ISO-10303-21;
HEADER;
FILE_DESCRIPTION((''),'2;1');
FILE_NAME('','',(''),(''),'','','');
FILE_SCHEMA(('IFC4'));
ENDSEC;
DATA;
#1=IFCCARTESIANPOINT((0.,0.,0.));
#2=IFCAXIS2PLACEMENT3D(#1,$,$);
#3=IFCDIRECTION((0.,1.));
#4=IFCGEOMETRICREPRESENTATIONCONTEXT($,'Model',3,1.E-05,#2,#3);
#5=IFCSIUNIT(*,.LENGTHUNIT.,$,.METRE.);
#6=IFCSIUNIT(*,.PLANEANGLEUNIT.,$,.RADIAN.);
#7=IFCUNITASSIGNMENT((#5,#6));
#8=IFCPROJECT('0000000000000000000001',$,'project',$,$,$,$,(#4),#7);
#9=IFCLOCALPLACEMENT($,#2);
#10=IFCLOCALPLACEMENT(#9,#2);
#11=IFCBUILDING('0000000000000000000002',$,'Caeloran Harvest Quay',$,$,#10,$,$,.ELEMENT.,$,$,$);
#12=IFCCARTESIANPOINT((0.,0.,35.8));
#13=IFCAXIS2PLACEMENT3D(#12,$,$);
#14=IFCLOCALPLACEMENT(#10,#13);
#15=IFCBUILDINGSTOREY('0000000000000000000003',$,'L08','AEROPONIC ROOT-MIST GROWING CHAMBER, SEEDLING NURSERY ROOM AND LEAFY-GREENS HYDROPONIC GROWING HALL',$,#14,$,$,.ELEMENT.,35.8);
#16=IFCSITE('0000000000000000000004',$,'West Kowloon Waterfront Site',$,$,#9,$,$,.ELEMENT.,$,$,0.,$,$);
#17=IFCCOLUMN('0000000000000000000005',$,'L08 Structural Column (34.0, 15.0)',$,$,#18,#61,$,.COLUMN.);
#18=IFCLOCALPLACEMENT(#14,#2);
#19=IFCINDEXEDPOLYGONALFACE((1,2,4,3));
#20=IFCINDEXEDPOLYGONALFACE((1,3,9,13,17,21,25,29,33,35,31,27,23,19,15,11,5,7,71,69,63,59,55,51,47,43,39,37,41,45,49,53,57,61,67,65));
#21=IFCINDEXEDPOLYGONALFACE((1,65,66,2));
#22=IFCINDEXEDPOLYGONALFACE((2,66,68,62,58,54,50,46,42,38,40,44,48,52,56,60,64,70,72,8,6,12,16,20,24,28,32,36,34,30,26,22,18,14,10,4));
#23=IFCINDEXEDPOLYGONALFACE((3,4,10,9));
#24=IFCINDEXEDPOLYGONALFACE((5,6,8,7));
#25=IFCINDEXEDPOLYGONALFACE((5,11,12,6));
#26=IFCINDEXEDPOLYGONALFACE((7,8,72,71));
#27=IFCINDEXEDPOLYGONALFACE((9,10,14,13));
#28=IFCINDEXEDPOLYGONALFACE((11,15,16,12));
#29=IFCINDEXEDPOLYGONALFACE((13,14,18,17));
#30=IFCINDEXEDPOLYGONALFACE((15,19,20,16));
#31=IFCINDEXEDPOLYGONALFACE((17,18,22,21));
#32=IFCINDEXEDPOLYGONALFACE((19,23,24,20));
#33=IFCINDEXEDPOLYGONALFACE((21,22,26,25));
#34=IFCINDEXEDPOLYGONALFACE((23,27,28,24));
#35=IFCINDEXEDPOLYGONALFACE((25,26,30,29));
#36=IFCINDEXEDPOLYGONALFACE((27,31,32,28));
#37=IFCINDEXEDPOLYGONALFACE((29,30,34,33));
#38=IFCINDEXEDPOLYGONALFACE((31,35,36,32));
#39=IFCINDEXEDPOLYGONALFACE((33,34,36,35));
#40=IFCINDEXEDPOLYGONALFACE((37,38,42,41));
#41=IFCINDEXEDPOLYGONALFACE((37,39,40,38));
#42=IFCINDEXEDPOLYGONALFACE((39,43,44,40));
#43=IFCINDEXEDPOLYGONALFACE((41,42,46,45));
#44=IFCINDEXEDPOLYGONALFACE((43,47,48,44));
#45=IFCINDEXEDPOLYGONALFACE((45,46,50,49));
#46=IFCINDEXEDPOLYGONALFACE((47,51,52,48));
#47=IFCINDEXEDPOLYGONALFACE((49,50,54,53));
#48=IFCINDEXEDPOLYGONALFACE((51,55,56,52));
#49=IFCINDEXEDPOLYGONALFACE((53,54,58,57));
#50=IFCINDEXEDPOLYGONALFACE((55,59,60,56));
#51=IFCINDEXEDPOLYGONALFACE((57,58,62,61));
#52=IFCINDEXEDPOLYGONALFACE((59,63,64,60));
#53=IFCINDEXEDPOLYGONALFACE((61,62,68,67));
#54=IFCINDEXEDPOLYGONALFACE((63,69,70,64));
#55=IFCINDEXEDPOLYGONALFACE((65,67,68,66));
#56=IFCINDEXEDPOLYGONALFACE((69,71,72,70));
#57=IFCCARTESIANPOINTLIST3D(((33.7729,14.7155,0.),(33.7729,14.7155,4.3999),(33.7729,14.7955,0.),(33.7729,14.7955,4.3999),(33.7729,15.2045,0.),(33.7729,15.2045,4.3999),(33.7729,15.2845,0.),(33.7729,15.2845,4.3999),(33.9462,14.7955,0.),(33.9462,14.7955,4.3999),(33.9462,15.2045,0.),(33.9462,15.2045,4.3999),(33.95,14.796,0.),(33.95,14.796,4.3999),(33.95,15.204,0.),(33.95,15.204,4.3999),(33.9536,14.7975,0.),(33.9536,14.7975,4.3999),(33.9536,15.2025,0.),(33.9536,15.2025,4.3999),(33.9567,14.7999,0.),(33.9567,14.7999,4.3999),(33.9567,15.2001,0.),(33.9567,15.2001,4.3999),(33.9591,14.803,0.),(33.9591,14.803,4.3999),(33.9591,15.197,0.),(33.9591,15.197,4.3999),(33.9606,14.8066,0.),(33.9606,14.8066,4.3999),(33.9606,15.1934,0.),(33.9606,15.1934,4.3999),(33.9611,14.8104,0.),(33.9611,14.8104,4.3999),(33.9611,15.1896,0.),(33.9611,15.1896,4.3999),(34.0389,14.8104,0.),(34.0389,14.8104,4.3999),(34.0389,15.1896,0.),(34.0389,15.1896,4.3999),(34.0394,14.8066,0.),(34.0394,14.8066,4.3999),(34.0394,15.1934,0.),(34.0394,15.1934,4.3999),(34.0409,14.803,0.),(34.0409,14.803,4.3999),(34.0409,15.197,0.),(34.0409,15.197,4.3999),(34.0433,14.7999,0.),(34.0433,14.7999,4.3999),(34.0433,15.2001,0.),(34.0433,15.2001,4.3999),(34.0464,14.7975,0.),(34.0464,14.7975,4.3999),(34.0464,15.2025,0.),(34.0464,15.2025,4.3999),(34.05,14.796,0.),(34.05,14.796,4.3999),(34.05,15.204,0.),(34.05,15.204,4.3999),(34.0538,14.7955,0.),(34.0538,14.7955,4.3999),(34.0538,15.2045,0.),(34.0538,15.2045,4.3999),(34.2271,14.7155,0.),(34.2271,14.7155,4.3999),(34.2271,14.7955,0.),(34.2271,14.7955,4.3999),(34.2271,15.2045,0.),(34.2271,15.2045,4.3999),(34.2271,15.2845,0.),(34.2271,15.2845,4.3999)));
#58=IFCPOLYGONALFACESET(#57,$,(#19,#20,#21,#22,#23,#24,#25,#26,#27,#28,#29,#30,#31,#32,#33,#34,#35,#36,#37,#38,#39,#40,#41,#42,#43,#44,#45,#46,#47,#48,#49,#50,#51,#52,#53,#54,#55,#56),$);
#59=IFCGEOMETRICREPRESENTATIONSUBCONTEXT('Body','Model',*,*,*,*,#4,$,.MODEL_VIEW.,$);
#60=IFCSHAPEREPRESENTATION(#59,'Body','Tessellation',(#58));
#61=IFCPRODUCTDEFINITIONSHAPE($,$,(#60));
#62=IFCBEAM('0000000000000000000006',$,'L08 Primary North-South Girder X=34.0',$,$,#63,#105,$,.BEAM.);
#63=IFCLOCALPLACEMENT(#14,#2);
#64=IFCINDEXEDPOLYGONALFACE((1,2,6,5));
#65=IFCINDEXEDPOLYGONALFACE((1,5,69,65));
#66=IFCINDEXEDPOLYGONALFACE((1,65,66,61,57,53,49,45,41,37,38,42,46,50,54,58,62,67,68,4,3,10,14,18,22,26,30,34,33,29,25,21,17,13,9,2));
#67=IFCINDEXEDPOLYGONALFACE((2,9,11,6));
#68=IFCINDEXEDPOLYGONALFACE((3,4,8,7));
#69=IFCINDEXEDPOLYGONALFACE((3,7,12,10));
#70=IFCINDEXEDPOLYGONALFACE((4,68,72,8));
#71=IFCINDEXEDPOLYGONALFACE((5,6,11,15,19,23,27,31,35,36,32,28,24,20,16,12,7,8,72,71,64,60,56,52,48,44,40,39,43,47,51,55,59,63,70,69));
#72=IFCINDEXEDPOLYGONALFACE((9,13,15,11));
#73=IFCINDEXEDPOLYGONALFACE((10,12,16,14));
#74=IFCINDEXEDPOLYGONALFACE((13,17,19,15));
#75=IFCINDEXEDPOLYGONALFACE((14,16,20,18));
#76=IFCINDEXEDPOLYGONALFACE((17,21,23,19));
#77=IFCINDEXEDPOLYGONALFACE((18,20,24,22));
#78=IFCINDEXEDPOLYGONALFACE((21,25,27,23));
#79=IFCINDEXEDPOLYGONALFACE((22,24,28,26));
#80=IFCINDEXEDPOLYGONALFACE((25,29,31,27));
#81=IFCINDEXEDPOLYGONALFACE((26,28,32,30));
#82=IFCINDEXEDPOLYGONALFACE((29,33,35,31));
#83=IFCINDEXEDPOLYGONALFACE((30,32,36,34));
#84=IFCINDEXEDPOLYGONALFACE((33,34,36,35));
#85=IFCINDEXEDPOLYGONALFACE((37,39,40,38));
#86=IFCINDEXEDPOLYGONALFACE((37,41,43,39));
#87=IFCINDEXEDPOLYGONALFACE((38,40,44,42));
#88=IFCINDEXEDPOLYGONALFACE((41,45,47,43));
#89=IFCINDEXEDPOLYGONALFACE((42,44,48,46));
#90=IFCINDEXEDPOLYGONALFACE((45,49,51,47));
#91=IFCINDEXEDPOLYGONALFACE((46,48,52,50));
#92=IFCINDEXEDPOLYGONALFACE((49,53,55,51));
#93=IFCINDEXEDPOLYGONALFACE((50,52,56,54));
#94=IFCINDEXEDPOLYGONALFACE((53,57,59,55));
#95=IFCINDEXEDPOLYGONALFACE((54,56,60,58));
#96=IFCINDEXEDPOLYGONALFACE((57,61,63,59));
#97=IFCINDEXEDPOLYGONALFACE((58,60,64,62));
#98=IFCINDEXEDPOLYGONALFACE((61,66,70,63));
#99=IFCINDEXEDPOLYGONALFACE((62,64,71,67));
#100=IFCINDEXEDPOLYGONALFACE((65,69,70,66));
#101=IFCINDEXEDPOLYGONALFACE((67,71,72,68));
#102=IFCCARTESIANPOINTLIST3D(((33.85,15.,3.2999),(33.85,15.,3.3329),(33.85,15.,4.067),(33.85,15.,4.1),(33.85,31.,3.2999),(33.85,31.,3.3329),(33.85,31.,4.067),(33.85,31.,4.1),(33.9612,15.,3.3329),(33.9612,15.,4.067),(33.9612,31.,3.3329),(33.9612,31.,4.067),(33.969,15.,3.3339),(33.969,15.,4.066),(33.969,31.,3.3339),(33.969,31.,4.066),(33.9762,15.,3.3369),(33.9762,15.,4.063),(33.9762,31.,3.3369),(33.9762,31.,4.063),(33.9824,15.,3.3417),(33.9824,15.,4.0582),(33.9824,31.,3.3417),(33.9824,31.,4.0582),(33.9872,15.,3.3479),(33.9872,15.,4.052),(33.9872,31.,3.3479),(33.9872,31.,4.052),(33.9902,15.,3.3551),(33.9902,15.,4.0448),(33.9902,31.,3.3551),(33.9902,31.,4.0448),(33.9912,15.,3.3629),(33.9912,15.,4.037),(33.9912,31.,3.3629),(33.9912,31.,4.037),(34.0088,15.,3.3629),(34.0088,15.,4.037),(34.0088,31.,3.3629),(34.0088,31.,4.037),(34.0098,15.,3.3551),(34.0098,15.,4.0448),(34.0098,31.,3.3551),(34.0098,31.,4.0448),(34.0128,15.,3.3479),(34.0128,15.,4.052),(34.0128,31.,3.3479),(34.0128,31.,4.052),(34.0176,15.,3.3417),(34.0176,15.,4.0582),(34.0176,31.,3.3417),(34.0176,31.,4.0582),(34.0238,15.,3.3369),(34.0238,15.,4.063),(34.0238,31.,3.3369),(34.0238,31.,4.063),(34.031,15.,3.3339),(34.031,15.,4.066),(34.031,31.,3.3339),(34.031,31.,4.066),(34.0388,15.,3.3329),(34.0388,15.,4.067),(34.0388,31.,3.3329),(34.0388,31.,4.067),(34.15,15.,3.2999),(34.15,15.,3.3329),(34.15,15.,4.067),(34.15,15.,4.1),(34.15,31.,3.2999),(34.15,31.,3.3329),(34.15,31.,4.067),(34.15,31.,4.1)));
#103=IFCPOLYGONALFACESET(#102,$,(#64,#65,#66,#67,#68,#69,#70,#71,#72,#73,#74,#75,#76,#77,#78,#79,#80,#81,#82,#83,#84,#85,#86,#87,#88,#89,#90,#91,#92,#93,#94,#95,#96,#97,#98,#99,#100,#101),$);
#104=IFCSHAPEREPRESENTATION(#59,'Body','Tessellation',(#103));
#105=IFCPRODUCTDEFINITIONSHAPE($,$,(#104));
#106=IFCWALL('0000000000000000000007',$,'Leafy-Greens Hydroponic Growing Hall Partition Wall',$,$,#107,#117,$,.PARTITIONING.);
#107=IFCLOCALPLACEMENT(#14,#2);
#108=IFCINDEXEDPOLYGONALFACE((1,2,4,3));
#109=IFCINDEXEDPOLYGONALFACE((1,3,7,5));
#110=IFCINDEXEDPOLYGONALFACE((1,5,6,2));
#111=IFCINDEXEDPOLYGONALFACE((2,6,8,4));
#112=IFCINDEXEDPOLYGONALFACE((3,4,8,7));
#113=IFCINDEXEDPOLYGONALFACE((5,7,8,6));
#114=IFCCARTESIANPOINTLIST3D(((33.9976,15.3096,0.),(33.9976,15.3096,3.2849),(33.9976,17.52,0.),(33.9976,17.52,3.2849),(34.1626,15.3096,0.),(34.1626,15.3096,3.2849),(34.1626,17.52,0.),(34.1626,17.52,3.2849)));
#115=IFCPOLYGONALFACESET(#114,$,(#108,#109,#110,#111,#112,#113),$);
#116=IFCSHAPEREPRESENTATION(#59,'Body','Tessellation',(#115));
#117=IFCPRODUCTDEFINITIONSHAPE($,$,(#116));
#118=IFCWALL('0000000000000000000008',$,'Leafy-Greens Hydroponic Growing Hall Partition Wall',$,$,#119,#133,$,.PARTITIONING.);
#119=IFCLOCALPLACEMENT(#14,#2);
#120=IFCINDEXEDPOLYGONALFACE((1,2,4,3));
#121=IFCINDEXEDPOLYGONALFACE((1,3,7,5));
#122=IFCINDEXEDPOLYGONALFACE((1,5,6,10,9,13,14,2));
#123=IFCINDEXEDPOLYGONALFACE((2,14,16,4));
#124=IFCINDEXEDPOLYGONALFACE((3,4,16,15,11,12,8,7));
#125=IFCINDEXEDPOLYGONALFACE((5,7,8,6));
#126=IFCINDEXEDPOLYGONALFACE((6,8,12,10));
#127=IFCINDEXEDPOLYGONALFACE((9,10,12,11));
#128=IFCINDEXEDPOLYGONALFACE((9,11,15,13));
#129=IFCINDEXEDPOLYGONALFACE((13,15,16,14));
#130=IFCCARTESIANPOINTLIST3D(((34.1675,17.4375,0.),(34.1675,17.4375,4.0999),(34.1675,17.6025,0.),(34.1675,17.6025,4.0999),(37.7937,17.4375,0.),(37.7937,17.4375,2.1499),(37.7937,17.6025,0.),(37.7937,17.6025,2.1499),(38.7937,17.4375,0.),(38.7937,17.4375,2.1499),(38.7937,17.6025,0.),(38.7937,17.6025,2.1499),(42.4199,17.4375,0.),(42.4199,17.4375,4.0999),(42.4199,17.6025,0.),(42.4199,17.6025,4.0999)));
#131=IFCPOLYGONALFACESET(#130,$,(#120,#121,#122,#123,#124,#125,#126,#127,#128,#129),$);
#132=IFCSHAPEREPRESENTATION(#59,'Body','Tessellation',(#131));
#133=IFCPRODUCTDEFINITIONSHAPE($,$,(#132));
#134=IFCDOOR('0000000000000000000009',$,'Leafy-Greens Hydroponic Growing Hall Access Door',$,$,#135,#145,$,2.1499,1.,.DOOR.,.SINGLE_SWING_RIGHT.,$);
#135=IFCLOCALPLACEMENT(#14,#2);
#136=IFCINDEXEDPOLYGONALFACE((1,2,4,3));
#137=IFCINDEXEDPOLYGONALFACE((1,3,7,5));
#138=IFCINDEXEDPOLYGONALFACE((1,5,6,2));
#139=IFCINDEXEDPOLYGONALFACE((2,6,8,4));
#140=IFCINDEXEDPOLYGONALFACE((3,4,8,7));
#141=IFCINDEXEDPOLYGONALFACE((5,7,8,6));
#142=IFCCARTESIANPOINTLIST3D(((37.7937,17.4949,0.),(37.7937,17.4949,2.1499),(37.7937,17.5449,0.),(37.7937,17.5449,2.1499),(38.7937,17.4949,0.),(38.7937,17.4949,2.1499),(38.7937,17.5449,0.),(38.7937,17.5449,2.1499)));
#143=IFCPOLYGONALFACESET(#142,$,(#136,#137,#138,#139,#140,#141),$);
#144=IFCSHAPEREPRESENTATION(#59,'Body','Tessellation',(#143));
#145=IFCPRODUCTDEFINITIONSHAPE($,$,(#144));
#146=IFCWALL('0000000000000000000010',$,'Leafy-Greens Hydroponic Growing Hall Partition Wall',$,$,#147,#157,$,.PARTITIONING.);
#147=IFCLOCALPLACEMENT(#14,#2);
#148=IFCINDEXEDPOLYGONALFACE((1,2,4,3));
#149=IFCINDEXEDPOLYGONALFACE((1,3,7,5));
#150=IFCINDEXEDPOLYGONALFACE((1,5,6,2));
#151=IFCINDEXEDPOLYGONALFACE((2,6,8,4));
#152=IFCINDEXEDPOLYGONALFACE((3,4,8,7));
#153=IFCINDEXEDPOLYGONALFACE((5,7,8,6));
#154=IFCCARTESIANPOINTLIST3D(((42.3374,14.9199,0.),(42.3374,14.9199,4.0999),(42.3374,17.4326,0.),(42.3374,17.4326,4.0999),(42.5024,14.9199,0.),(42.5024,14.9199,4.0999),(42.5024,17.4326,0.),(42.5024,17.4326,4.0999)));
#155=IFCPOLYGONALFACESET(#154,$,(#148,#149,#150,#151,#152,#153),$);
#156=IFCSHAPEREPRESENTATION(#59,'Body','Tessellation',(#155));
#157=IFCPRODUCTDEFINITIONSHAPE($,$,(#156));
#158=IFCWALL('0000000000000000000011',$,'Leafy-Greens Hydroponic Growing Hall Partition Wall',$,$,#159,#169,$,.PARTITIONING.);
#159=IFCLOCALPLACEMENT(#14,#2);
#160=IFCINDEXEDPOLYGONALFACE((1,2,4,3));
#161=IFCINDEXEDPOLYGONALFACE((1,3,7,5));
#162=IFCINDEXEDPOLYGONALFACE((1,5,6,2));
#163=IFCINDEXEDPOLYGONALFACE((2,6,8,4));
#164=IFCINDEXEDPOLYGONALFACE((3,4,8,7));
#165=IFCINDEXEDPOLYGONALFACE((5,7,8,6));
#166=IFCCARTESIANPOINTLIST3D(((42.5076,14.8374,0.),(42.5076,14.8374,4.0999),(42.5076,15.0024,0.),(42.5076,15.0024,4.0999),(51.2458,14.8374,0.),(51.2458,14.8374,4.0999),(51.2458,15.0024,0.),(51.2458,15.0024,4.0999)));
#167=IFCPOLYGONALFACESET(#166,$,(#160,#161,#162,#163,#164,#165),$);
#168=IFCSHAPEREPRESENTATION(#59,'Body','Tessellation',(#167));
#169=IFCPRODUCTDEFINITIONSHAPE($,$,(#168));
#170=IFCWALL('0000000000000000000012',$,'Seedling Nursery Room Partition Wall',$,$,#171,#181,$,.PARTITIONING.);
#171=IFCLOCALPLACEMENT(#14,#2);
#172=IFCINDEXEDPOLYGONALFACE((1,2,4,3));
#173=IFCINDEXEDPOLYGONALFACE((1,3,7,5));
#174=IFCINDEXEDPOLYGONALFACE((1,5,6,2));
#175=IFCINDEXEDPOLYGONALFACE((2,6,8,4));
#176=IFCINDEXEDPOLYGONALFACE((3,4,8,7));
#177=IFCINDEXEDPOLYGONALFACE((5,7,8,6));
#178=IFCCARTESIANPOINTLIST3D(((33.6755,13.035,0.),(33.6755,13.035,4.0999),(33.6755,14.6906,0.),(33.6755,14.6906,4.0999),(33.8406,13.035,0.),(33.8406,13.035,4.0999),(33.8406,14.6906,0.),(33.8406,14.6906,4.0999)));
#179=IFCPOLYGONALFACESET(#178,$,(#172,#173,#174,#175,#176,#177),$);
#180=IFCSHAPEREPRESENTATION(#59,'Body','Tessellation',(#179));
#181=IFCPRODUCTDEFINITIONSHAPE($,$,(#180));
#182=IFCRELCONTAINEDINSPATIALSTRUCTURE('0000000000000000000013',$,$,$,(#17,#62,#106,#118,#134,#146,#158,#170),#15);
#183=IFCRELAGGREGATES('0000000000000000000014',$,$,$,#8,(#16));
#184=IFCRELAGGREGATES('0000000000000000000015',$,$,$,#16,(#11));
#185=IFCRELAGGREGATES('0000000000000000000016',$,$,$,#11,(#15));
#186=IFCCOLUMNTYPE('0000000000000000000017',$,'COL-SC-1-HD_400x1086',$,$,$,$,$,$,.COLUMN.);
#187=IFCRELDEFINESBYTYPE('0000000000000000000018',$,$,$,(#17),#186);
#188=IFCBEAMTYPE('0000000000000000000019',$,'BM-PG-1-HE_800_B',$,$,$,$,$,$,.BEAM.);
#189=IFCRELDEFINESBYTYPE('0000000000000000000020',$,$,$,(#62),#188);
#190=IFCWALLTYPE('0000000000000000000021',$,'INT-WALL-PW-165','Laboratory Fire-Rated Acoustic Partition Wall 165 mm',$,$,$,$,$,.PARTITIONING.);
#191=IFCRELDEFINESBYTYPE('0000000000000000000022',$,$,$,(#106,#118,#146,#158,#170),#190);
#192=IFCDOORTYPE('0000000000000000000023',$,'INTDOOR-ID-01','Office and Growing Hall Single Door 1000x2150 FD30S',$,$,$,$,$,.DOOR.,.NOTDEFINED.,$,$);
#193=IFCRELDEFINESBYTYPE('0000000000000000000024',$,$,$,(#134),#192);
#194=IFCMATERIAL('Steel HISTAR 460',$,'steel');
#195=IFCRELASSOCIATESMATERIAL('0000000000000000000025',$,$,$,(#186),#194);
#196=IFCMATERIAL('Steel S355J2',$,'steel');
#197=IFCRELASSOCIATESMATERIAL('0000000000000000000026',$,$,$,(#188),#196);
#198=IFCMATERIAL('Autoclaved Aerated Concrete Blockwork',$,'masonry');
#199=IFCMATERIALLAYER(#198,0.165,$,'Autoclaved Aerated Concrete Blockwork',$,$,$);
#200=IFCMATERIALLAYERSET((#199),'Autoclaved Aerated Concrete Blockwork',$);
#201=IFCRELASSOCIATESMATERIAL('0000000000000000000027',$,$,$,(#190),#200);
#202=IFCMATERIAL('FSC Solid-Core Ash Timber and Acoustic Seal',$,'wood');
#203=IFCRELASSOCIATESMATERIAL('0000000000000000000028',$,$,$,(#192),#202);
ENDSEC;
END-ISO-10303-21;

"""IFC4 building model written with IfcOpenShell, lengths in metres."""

from ifc_helpers import new_model, si_unit, direction, frame, frame_2d, origin, origin_2d, place, context, subcontext, project, spatial, rectangle, i_section, extrude, material, layer, layer_set, material_profile, profile_set, type_object, element, fill, save


model = new_model("IFC4")

# Units and contexts
model_context = context("Model", 3, precision=1e-05, world=origin(), true_north=direction((0.0, 1.0)))
body_context = subcontext(model_context, "Body", "Model", "MODEL_VIEW")
ifc_project = project(units=[si_unit("LENGTHUNIT", "METRE"), si_unit("PLANEANGLEUNIT", "RADIAN")], contexts=[model_context])

# Site, building, storey
site_placement = place(None, origin())
site = spatial("IfcSite", under=ifc_project, at=site_placement, Name="West Kowloon Waterfront Site", CompositionType="ELEMENT", RefElevation=0.0)
building_placement = place(site_placement, origin())
building = spatial("IfcBuilding", under=site, at=building_placement, Name="Caeloran Harvest Quay", CompositionType="ELEMENT")
storey_placement = place(building_placement, frame((0.0, 0.0, 35.8)))
storey = spatial("IfcBuildingStorey", under=building, at=storey_placement, Name="L08", Description="AEROPONIC ROOT-MIST GROWING CHAMBER, SEEDLING NURSERY ROOM AND LEAFY-GREENS HYDROPONIC GROWING HALL", CompositionType="ELEMENT", Elevation=35.8)

# Column
ifc_material_1 = material(Name="Steel HISTAR 460", Category="steel")
ifc_material_profile_1 = material_profile(ifc_material_1, i_section(OverallWidth=0.4541, OverallDepth=0.5691, WebThickness=0.0779, FlangeThickness=0.0801, FilletRadius=0.0149, at=origin_2d()), Name="HD 400x1086")
ifc_profile_set_1 = profile_set([ifc_material_profile_1], Name="Steel HISTAR 460")
column_type = type_object("IfcColumnType", Name="COL-SC-1-HD_400x1086", PredefinedType="COLUMN", material=ifc_profile_set_1)
column_placement = place(storey_placement, frame((34.0, 15.0, 0.0), z_axis=(0.0, 0.0, 1.0), x_axis=(1.0, 0.0, 0.0)))
element("IfcColumn", 1, at=column_placement, inside=storey, type_object=column_type, Name="L08 Structural Column (34.0, 15.0)", PredefinedType="COLUMN", context=body_context, shape_type="SweptSolid", body=[
    extrude(i_section(OverallWidth=0.4541, OverallDepth=0.5691, WebThickness=0.0779, FlangeThickness=0.0801, FilletRadius=0.0149, at=origin_2d()), origin(), (0.0, 0.0, 1.0), 4.3999),
])

# Beam
ifc_material_2 = material(Name="Steel S355J2", Category="steel")
ifc_material_profile_2 = material_profile(ifc_material_2, i_section(OverallWidth=0.3, OverallDepth=0.8, WebThickness=0.0176, FlangeThickness=0.033, FilletRadius=0.03, at=origin_2d()), Name="HE 800 B")
ifc_profile_set_2 = profile_set([ifc_material_profile_2], Name="Steel S355J2")
beam_type = type_object("IfcBeamType", Name="BM-PG-1-HE_800_B", PredefinedType="BEAM", material=ifc_profile_set_2)
beam_placement = place(storey_placement, frame((34.0, 15.0, 3.7), z_axis=(0.0, 1.0, 0.0), x_axis=(-1.0, 0.0, 0.0)))
element("IfcBeam", 2, at=beam_placement, inside=storey, type_object=beam_type, Name="L08 Primary North-South Girder X=34.0", PredefinedType="BEAM", context=body_context, shape_type="SweptSolid", body=[
    extrude(i_section(OverallWidth=0.3, OverallDepth=0.8, WebThickness=0.0176, FlangeThickness=0.033, FilletRadius=0.03, at=origin_2d()), origin(), (0.0, 0.0, 1.0), 16.0),
])

# Wall
ifc_material_3 = material(Name="Autoclaved Aerated Concrete Blockwork", Category="masonry")
ifc_layer_1 = layer(ifc_material_3, 0.165, Name="Autoclaved Aerated Concrete Blockwork")
ifc_layer_set_1 = layer_set([ifc_layer_1], Name="Autoclaved Aerated Concrete Blockwork")
wall_type_1 = type_object("IfcWallType", Name="INT-WALL-PW-165", Description="Laboratory Fire-Rated Acoustic Partition Wall 165 mm", PredefinedType="PARTITIONING", material=ifc_layer_set_1)
wall_1_placement = place(storey_placement, frame((34.0801, 15.3096, 0.0), z_axis=(0.0, 0.0, 1.0), x_axis=(0.0, 1.0, 0.0)))
element("IfcWall", 3, at=wall_1_placement, inside=storey, type_object=wall_type_1, Name="Leafy-Greens Hydroponic Growing Hall Partition Wall", PredefinedType="PARTITIONING", context=body_context, shape_type="SweptSolid", body=[
    extrude(rectangle(XDim=2.2104, YDim=0.165, at=frame_2d((1.1052, 0.0))), origin(), (0.0, 0.0, 1.0), 3.2849),
])

# Wall, opening, door
wall_2_placement = place(storey_placement, frame((34.1675, 17.52, 0.0), z_axis=(0.0, 0.0, 1.0), x_axis=(1.0, 0.0, 0.0)))
wall_2 = element("IfcWall", 4, at=wall_2_placement, inside=storey, type_object=wall_type_1, Name="Leafy-Greens Hydroponic Growing Hall Partition Wall", PredefinedType="PARTITIONING", context=body_context, shape_type="SweptSolid", body=[
    extrude(rectangle(XDim=8.2524, YDim=0.165, at=frame_2d((4.1262, 0.0))), origin(), (0.0, 0.0, 1.0), 4.0999),
])
opening_1_placement = place(wall_2_placement, frame((3.6262, 0.0, 0.0)))
opening_1 = element("IfcOpeningElement", 5, at=opening_1_placement, cuts=wall_2, PredefinedType="OPENING", context=body_context, shape_type="SweptSolid", body=[
    extrude(rectangle(XDim=1.0, YDim=2.1499, at=frame_2d((0.5, 1.075))), frame((0.0, 0.0925, 0.0), z_axis=(0.0, -1.0, 0.0), x_axis=(1.0, 0.0, 0.0)), (0.0, 0.0, 1.0), 0.1851),
])
ifc_material_4 = material(Name="FSC Solid-Core Ash Timber and Acoustic Seal", Category="wood")
door_type_1 = type_object("IfcDoorType", Name="INTDOOR-ID-01", Description="Office and Growing Hall Single Door 1000x2150 FD30S", OperationType="NOTDEFINED", PredefinedType="DOOR", material=ifc_material_4)
door_1_placement = place(opening_1_placement, origin())
door_1 = element("IfcDoor", 6, at=door_1_placement, inside=storey, type_object=door_type_1, Name="Leafy-Greens Hydroponic Growing Hall Access Door", OperationType="SINGLE_SWING_RIGHT", OverallHeight=2.1499, OverallWidth=1.0, PredefinedType="DOOR", context=body_context, shape_type="SweptSolid", body=[
    extrude(rectangle(XDim=1.0, YDim=2.1499, at=frame_2d((0.5, 1.075))), frame((0.0, 0.0249, 0.0), z_axis=(0.0, -1.0, 0.0), x_axis=(1.0, 0.0, 0.0)), (0.0, 0.0, 1.0), 0.05),
])
fill(opening_1, door_1)

# Walls
wall_3_placement = place(storey_placement, frame((42.4199, 17.4326, 0.0), z_axis=(0.0, 0.0, 1.0), x_axis=(0.0, -1.0, 0.0)))
element("IfcWall", 7, at=wall_3_placement, inside=storey, type_object=wall_type_1, Name="Leafy-Greens Hydroponic Growing Hall Partition Wall", PredefinedType="PARTITIONING", context=body_context, shape_type="SweptSolid", body=[
    extrude(rectangle(XDim=2.5127, YDim=0.165, at=frame_2d((1.2563, 0.0))), origin(), (0.0, 0.0, 1.0), 4.0999),
])
wall_4_placement = place(storey_placement, frame((42.5076, 14.9199, 0.0), z_axis=(0.0, 0.0, 1.0), x_axis=(1.0, 0.0, 0.0)))
element("IfcWall", 8, at=wall_4_placement, inside=storey, type_object=wall_type_1, Name="Leafy-Greens Hydroponic Growing Hall Partition Wall", PredefinedType="PARTITIONING", context=body_context, shape_type="SweptSolid", body=[
    extrude(rectangle(XDim=8.7383, YDim=0.165, at=frame_2d((4.3691, 0.0))), origin(), (0.0, 0.0, 1.0), 4.0999),
])
wall_5_placement = place(storey_placement, frame((33.7581, 14.6904, 0.0), z_axis=(0.0, 0.0, 1.0), x_axis=(0.0, -1.0, 0.0)))
element("IfcWall", 9, at=wall_5_placement, inside=storey, type_object=wall_type_1, Name="Seedling Nursery Room Partition Wall", PredefinedType="PARTITIONING", context=body_context, shape_type="SweptSolid", body=[
    extrude(rectangle(XDim=1.6555, YDim=0.165, at=frame_2d((0.8276, 0.0))), origin(), (0.0, 0.0, 1.0), 4.0999),
])

save(model, "model.ifc")
